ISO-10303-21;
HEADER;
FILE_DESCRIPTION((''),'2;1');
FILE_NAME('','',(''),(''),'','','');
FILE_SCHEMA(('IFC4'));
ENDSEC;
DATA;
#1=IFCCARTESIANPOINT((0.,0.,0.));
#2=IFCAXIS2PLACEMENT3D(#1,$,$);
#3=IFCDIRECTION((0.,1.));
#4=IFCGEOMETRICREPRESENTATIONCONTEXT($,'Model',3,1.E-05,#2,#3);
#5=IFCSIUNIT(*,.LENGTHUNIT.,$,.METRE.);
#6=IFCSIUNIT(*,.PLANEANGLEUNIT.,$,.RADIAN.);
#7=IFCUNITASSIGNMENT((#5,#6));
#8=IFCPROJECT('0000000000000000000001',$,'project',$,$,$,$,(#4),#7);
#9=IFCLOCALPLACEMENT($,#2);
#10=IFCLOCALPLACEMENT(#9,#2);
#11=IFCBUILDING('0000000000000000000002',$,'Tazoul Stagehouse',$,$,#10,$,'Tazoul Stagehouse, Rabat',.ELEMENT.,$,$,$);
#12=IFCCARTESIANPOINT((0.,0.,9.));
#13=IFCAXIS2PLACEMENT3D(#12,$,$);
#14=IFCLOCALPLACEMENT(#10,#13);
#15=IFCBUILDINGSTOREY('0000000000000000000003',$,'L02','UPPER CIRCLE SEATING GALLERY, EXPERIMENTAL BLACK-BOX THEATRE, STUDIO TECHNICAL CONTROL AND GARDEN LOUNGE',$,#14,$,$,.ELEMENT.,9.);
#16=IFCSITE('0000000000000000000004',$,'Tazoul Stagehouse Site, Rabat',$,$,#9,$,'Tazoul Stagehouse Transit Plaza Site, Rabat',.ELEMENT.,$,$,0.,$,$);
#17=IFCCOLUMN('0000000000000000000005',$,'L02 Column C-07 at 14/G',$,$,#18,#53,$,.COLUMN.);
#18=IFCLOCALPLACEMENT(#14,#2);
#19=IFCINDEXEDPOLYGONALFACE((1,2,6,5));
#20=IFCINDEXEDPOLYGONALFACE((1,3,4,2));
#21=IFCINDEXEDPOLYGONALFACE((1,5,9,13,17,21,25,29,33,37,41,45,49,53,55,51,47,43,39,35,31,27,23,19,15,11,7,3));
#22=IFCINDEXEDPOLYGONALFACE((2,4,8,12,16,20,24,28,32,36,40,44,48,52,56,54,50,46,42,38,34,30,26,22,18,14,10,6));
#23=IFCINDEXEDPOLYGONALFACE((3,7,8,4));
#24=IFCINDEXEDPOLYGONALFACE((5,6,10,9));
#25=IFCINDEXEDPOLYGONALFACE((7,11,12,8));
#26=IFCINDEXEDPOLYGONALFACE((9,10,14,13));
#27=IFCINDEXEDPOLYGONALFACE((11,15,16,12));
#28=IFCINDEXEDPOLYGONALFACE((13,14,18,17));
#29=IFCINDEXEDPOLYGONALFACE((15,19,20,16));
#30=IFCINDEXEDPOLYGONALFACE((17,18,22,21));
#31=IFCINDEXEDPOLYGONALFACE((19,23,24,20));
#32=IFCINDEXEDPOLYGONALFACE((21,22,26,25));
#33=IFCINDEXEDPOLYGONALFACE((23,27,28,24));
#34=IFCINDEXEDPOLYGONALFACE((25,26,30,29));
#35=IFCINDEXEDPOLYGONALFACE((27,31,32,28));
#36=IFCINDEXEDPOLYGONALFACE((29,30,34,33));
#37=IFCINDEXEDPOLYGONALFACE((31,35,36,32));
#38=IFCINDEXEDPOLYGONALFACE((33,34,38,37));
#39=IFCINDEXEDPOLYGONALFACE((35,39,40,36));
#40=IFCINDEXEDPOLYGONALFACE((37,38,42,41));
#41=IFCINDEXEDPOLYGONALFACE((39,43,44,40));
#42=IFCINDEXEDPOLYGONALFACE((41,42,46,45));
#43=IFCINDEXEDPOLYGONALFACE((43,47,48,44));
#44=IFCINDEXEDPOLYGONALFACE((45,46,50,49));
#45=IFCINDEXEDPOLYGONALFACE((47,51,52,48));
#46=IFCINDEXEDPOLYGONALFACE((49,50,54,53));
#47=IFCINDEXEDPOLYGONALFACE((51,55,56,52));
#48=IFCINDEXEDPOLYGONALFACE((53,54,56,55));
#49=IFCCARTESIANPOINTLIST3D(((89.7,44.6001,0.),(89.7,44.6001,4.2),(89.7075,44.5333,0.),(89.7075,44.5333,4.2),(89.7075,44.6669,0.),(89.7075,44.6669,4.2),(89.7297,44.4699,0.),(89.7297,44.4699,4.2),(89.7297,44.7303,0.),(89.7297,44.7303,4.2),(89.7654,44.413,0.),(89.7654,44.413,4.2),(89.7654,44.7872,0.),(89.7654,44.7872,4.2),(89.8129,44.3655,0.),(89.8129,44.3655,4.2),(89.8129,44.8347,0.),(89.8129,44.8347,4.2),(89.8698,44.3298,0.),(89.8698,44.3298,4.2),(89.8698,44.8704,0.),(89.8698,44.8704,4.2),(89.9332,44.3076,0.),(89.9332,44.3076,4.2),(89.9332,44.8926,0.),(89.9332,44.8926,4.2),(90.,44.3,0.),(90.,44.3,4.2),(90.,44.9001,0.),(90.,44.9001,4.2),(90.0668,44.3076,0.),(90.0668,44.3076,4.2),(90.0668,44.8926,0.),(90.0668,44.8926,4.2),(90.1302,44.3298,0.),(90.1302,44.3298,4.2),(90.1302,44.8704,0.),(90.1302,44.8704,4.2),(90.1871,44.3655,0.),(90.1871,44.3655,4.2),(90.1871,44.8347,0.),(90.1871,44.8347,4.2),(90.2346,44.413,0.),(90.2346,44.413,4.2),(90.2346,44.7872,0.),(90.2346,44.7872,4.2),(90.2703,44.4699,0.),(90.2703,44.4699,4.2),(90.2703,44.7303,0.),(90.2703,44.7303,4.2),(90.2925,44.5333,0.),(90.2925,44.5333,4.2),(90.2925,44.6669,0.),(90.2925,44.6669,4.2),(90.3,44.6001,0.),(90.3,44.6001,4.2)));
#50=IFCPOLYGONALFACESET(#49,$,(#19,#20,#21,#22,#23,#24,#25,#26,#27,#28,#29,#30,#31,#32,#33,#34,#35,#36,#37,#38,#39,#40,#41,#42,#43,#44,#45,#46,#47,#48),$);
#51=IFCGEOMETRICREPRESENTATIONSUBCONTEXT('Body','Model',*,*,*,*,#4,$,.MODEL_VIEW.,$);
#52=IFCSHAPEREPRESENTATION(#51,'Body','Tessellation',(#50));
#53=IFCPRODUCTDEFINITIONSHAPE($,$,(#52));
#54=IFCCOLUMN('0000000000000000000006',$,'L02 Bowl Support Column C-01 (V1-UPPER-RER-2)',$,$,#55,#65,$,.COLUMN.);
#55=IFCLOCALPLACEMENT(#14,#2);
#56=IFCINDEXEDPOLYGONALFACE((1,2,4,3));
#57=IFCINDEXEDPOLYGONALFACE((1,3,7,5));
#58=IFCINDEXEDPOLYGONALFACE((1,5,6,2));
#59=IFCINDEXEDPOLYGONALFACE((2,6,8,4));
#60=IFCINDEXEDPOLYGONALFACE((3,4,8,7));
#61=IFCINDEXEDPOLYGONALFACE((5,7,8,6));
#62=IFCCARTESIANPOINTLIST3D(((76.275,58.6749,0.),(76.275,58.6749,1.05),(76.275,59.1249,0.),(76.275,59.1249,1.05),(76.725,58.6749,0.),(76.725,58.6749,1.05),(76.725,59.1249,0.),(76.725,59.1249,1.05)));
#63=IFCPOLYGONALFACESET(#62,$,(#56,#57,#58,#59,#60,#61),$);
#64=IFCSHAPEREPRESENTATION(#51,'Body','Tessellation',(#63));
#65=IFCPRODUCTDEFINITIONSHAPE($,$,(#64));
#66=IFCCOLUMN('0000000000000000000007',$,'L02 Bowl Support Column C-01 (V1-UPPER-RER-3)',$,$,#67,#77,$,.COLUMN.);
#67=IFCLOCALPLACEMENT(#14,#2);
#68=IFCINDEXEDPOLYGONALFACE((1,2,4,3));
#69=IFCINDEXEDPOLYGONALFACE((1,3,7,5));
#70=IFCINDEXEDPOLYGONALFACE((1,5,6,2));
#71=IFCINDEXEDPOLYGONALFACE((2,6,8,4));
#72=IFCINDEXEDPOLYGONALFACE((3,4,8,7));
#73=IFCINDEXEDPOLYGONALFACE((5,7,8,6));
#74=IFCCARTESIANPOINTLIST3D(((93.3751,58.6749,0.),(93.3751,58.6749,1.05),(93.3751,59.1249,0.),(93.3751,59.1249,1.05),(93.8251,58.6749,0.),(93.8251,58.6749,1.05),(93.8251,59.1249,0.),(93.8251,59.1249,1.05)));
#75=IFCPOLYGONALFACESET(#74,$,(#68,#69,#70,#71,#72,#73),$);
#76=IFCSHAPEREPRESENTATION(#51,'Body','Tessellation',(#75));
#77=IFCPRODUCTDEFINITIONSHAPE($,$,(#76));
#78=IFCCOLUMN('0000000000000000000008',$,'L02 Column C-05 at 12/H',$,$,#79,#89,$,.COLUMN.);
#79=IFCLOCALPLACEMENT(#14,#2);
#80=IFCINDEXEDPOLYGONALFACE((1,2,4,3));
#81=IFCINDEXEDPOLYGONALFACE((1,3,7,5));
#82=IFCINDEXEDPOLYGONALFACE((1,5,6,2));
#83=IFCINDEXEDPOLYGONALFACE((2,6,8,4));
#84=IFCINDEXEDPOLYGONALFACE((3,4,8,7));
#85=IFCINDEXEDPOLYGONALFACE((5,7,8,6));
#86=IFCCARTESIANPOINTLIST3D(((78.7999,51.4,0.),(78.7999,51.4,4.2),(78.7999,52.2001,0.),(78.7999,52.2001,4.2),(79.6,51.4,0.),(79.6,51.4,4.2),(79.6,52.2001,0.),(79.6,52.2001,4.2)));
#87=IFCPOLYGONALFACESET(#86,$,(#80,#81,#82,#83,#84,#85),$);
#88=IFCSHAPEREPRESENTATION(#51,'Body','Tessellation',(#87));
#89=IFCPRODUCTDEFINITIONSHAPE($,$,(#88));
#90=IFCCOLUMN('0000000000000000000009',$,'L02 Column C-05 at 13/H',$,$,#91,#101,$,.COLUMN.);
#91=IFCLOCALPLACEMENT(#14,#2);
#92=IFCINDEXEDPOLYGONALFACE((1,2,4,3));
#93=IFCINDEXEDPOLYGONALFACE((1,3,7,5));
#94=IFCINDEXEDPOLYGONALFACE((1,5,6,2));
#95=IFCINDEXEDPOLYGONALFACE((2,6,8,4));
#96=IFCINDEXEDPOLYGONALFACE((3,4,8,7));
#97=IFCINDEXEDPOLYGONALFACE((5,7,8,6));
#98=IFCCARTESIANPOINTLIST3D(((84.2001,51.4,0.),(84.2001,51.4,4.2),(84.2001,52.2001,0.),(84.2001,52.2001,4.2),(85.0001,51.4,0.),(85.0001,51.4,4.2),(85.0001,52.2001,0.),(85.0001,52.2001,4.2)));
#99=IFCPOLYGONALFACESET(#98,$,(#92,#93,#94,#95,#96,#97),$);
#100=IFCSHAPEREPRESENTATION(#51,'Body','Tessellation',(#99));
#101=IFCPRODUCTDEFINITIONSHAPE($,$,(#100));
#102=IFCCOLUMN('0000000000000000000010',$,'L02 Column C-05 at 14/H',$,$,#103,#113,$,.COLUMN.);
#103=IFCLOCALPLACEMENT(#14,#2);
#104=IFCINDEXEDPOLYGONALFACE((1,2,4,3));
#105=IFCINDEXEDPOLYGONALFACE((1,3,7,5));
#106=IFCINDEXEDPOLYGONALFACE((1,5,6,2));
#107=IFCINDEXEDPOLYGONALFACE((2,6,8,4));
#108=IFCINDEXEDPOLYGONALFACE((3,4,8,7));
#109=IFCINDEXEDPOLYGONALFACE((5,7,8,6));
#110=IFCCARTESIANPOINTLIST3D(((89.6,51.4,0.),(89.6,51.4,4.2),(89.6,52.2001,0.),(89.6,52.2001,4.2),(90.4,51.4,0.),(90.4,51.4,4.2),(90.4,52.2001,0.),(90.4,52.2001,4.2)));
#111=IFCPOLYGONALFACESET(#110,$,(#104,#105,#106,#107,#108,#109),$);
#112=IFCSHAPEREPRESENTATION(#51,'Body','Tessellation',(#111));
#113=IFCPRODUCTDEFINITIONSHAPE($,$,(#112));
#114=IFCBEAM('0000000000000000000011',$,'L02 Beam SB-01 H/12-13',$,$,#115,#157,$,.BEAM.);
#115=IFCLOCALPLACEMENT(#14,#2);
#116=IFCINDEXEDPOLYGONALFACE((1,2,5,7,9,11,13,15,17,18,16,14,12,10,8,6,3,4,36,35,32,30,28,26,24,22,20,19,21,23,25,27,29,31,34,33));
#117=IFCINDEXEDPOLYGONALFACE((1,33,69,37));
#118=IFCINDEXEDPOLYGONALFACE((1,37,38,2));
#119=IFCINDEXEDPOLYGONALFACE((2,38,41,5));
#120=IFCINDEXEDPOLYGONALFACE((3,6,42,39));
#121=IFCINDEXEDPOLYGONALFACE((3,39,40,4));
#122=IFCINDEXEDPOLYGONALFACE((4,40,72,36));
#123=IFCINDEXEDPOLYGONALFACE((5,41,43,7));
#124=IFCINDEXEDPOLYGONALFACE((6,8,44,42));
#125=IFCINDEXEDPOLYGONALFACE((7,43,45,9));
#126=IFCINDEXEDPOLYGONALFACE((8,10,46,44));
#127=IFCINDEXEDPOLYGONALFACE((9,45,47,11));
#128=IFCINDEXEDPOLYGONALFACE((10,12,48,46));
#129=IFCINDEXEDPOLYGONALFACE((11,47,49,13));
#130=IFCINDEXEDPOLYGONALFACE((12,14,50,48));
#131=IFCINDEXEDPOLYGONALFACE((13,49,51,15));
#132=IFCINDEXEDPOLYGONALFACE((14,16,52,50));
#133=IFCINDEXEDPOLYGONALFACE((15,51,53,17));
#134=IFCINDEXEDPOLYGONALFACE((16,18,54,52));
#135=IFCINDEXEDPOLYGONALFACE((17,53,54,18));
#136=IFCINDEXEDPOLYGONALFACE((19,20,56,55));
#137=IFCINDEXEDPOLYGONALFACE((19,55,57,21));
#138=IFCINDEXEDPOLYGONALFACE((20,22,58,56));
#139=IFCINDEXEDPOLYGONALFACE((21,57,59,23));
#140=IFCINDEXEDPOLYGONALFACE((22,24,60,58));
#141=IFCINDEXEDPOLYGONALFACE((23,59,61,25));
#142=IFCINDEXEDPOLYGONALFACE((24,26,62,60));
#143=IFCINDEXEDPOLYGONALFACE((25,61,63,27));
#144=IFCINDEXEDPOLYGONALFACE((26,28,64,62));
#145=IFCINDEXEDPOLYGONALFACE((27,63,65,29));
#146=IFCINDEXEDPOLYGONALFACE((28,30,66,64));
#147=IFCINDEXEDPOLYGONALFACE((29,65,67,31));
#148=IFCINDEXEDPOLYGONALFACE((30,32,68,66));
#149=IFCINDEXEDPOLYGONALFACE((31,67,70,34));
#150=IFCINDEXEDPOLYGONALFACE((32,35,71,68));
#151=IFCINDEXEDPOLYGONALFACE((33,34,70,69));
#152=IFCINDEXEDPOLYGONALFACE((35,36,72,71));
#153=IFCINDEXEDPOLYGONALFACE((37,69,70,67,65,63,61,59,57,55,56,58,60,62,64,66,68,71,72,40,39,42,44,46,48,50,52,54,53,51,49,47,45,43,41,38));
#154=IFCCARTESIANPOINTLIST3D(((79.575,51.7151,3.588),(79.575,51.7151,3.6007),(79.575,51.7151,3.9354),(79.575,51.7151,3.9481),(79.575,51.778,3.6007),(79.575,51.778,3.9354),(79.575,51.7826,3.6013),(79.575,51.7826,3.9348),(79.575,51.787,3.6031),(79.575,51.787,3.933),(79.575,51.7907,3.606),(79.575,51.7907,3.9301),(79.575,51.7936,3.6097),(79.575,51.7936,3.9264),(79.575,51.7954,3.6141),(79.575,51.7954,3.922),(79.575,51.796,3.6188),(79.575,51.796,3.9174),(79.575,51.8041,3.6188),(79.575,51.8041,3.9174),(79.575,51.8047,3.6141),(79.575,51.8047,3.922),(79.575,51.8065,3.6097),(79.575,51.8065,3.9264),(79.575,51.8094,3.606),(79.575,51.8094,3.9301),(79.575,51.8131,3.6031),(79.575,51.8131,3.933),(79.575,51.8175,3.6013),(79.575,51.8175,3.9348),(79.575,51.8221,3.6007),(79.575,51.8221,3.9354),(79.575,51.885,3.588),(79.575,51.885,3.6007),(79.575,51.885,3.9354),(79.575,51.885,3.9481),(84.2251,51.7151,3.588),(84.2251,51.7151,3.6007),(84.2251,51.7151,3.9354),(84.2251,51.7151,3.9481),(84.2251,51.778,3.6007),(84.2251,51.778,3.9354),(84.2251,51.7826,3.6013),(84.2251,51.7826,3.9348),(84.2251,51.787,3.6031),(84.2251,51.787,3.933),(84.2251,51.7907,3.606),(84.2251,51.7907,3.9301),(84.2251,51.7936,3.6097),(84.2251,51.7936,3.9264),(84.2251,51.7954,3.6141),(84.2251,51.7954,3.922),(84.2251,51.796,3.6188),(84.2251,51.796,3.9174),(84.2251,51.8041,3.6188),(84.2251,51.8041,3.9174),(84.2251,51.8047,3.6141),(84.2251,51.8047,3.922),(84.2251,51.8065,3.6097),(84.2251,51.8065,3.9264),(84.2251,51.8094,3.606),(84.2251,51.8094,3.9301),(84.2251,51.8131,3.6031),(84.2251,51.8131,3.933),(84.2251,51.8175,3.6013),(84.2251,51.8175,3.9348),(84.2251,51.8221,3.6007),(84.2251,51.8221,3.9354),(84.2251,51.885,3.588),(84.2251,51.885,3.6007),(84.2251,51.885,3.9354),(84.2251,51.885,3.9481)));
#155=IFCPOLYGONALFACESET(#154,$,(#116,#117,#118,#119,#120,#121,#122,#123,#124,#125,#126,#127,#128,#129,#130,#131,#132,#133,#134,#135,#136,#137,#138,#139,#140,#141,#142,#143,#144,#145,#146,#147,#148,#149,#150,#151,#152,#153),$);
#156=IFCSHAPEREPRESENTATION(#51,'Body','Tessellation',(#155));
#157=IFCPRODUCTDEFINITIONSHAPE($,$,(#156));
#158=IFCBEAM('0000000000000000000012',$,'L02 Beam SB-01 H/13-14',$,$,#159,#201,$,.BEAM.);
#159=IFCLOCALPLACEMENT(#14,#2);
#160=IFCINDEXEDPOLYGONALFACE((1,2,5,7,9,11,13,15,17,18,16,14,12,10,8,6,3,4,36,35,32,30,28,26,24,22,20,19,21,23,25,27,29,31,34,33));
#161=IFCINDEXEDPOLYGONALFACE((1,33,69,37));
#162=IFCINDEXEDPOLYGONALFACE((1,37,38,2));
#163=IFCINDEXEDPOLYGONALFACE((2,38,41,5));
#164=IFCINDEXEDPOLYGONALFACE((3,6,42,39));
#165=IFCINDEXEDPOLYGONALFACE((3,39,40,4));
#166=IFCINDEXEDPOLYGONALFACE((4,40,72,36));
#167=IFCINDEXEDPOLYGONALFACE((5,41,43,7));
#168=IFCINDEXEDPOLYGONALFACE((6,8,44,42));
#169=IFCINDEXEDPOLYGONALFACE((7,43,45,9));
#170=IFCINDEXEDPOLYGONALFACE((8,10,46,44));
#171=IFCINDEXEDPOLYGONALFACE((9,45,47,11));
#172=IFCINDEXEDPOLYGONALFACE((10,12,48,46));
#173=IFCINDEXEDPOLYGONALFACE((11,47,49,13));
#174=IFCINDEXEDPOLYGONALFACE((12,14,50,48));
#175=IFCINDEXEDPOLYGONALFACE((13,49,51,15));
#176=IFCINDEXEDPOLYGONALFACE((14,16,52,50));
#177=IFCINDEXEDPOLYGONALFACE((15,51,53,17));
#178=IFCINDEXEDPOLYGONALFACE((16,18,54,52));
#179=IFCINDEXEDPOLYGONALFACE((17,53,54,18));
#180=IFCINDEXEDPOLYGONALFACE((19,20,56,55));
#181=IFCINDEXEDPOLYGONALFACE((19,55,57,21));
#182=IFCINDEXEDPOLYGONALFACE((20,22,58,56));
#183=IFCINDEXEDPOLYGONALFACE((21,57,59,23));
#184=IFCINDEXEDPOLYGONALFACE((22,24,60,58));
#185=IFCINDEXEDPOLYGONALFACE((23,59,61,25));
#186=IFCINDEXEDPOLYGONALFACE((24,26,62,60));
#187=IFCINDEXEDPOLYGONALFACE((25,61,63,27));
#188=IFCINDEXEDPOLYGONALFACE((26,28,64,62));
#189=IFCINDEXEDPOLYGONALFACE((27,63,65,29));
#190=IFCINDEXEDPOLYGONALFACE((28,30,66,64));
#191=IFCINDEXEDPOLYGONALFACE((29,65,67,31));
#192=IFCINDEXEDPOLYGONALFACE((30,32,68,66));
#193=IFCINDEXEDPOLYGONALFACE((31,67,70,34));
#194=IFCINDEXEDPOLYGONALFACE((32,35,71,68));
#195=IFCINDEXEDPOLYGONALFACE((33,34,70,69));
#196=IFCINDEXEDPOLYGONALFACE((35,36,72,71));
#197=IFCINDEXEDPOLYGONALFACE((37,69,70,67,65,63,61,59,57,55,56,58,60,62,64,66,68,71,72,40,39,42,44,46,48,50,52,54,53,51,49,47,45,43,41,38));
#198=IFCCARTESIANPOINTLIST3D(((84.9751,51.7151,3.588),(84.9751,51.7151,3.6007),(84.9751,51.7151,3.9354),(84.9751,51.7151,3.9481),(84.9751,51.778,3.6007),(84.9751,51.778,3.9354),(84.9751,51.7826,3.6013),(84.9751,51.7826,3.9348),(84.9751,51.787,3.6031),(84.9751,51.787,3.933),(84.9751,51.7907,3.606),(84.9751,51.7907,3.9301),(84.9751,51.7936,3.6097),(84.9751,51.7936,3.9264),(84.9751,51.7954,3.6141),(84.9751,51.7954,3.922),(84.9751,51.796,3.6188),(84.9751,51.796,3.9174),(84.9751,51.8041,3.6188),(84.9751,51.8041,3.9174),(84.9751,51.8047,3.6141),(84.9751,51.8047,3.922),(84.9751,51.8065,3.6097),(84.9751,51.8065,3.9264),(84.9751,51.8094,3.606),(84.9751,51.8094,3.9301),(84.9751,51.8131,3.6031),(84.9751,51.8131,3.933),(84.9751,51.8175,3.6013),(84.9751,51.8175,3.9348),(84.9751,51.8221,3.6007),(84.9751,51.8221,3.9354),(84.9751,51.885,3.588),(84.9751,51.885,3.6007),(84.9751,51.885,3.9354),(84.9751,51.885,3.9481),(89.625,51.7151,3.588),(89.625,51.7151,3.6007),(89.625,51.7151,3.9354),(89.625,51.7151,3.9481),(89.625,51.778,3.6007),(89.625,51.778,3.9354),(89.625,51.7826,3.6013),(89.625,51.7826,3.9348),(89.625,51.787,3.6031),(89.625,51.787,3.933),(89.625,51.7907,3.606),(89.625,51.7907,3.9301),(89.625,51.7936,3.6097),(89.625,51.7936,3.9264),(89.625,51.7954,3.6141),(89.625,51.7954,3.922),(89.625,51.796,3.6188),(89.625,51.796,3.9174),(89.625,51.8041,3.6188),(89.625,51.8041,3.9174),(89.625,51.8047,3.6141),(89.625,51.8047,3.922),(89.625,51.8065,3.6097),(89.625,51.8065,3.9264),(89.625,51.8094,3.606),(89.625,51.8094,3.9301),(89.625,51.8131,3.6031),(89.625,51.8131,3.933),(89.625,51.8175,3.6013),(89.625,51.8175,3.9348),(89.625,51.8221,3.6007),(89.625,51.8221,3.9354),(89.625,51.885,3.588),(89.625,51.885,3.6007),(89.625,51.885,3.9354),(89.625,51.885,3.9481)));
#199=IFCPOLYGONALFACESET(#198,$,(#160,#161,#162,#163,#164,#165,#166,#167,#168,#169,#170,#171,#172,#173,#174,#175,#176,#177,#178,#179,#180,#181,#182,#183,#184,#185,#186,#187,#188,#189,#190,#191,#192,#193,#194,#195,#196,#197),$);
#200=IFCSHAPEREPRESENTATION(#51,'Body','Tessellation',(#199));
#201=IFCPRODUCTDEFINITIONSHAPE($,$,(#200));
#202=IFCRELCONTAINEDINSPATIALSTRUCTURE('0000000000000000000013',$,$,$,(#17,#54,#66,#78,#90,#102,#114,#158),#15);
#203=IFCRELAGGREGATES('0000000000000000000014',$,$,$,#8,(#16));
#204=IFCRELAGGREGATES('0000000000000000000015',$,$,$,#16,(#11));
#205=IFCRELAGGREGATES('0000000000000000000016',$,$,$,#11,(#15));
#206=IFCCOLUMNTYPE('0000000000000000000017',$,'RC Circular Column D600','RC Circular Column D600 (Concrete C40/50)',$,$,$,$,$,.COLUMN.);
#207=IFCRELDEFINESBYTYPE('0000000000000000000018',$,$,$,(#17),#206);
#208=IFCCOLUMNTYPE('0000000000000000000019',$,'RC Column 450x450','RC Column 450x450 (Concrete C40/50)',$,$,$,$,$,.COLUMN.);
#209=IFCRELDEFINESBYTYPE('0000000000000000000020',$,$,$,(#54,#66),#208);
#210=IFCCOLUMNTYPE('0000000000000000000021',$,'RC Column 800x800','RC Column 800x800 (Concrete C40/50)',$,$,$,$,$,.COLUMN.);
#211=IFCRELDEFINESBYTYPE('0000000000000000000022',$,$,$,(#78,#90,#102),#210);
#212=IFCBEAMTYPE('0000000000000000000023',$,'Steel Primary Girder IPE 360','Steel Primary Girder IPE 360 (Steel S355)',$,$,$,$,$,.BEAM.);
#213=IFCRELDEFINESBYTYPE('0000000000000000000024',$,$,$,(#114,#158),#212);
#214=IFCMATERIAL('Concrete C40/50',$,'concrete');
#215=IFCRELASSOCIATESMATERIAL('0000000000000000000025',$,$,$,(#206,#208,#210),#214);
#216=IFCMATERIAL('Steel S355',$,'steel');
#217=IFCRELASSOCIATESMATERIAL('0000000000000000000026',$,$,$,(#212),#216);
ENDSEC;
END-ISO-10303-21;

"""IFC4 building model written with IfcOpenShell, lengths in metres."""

from ifc_helpers import new_model, si_unit, direction, frame, origin, origin_2d, place, context, subcontext, project, spatial, rectangle, circle, i_section, extrude, material, material_profile, profile_set, type_object, element, save


model = new_model("IFC4")

# Units and contexts
model_context = context("Model", 3, precision=1e-05, world=origin(), true_north=direction((0.0, 1.0)))
body_context = subcontext(model_context, "Body", "Model", "MODEL_VIEW")
ifc_project = project(units=[si_unit("LENGTHUNIT", "METRE"), si_unit("PLANEANGLEUNIT", "RADIAN")], contexts=[model_context])

# Site, building, storey
site_placement = place(None, origin())
site = spatial("IfcSite", under=ifc_project, at=site_placement, Name="Tazoul Stagehouse Site, Rabat", LongName="Tazoul Stagehouse Transit Plaza Site, Rabat", CompositionType="ELEMENT", RefElevation=0.0)
building_placement = place(site_placement, origin())
building = spatial("IfcBuilding", under=site, at=building_placement, Name="Tazoul Stagehouse", LongName="Tazoul Stagehouse, Rabat", CompositionType="ELEMENT")
storey_placement = place(building_placement, frame((0.0, 0.0, 9.0)))
storey = spatial("IfcBuildingStorey", under=building, at=storey_placement, Name="L02", Description="UPPER CIRCLE SEATING GALLERY, EXPERIMENTAL BLACK-BOX THEATRE, STUDIO TECHNICAL CONTROL AND GARDEN LOUNGE", CompositionType="ELEMENT", Elevation=9.0)

# Columns
ifc_material_1 = material(Name="Concrete C40/50", Category="concrete")
ifc_material_profile_1 = material_profile(ifc_material_1, circle(Radius=0.3, at=origin_2d()), Name="RC D600")
ifc_profile_set_1 = profile_set([ifc_material_profile_1], Name="Concrete C40/50")
column_type_1 = type_object("IfcColumnType", Name="RC Circular Column D600", Description="RC Circular Column D600 (Concrete C40/50)", PredefinedType="COLUMN", material=ifc_profile_set_1)
column_placement = place(storey_placement, frame((90.0, 44.6001, 0.0), z_axis=(0.0, 0.0, 1.0), x_axis=(1.0, 0.0, 0.0)))
element("IfcColumn", 1, at=column_placement, inside=storey, type_object=column_type_1, Name="L02 Column C-07 at 14/G", PredefinedType="COLUMN", context=body_context, shape_type="SweptSolid", body=[
    extrude(circle(Radius=0.3, at=origin_2d()), origin(), (0.0, 0.0, 1.0), 4.2),
])
ifc_material_profile_2 = material_profile(ifc_material_1, rectangle(XDim=0.45, YDim=0.45, at=origin_2d()), Name="RC 450x450")
ifc_profile_set_2 = profile_set([ifc_material_profile_2], Name="Concrete C40/50")
column_type_2 = type_object("IfcColumnType", Name="RC Column 450x450", Description="RC Column 450x450 (Concrete C40/50)", PredefinedType="COLUMN", material=ifc_profile_set_2)
for number, where, z_axis, x_axis, name in (
    (2, (76.5, 58.8999, 0.0), (0.0, 0.0, 1.0), (1.0, 0.0, 0.0), "L02 Bowl Support Column C-01 (V1-UPPER-RER-2)"),
    (3, (93.6001, 58.8999, 0.0), (0.0, 0.0, 1.0), (1.0, 0.0, 0.0), "L02 Bowl Support Column C-01 (V1-UPPER-RER-3)"),
):
    element("IfcColumn", number, at=place(storey_placement, frame(where, z_axis=z_axis, x_axis=x_axis)), inside=storey, type_object=column_type_2, Name=name, PredefinedType="COLUMN", context=body_context, shape_type="SweptSolid", body=[
        extrude(rectangle(XDim=0.45, YDim=0.45, at=origin_2d()), origin(), (0.0, 0.0, 1.0), 1.05),
    ])
ifc_material_profile_3 = material_profile(ifc_material_1, rectangle(XDim=0.8, YDim=0.8, at=origin_2d()), Name="RC 800x800")
ifc_profile_set_3 = profile_set([ifc_material_profile_3], Name="Concrete C40/50")
column_type_3 = type_object("IfcColumnType", Name="RC Column 800x800", Description="RC Column 800x800 (Concrete C40/50)", PredefinedType="COLUMN", material=ifc_profile_set_3)
for number, where, z_axis, x_axis, name in (
    (4, (79.2, 51.8, 0.0), (0.0, 0.0, 1.0), (1.0, 0.0, 0.0), "L02 Column C-05 at 12/H"),
    (5, (84.6001, 51.8, 0.0), (0.0, 0.0, 1.0), (1.0, 0.0, 0.0), "L02 Column C-05 at 13/H"),
    (6, (90.0, 51.8, 0.0), (0.0, 0.0, 1.0), (1.0, 0.0, 0.0), "L02 Column C-05 at 14/H"),
):
    element("IfcColumn", number, at=place(storey_placement, frame(where, z_axis=z_axis, x_axis=x_axis)), inside=storey, type_object=column_type_3, Name=name, PredefinedType="COLUMN", context=body_context, shape_type="SweptSolid", body=[
        extrude(rectangle(XDim=0.8, YDim=0.8, at=origin_2d()), origin(), (0.0, 0.0, 1.0), 4.2),
    ])

# Beams
ifc_material_2 = material(Name="Steel S355", Category="steel")
ifc_material_profile_4 = material_profile(ifc_material_2, i_section(OverallWidth=0.1699, OverallDepth=0.3601, WebThickness=0.0081, FlangeThickness=0.0127, FilletRadius=0.0181, at=origin_2d()), Name="IPE 360")
ifc_profile_set_4 = profile_set([ifc_material_profile_4], Name="Steel S355")
beam_type = type_object("IfcBeamType", Name="Steel Primary Girder IPE 360", Description="Steel Primary Girder IPE 360 (Steel S355)", PredefinedType="BEAM", material=ifc_profile_set_4)
beam_1_placement = place(storey_placement, frame((79.575, 51.8, 3.7681), z_axis=(1.0, 0.0, 0.0), x_axis=(0.0, 1.0, 0.0)))
element("IfcBeam", 7, at=beam_1_placement, inside=storey, type_object=beam_type, Name="L02 Beam SB-01 H/12-13", PredefinedType="BEAM", context=body_context, shape_type="SweptSolid", body=[
    extrude(i_section(OverallWidth=0.1699, OverallDepth=0.3601, WebThickness=0.0081, FlangeThickness=0.0127, FilletRadius=0.0181, at=origin_2d()), origin(), (0.0, 0.0, 1.0), 4.6501),
])
for number, where, z_axis, x_axis, name in (
    (8, (84.9751, 51.8, 3.7681), (1.0, 0.0, 0.0), (0.0, 1.0, 0.0), "L02 Beam SB-01 H/13-14"),
):
    element("IfcBeam", number, at=place(storey_placement, frame(where, z_axis=z_axis, x_axis=x_axis)), inside=storey, type_object=beam_type, Name=name, PredefinedType="BEAM", context=body_context, shape_type="SweptSolid", body=[
        extrude(i_section(OverallWidth=0.1699, OverallDepth=0.3601, WebThickness=0.0081, FlangeThickness=0.0127, FilletRadius=0.0181, at=origin_2d()), origin(), (0.0, 0.0, 1.0), 4.6499),
    ])

save(model, "model.ifc")
